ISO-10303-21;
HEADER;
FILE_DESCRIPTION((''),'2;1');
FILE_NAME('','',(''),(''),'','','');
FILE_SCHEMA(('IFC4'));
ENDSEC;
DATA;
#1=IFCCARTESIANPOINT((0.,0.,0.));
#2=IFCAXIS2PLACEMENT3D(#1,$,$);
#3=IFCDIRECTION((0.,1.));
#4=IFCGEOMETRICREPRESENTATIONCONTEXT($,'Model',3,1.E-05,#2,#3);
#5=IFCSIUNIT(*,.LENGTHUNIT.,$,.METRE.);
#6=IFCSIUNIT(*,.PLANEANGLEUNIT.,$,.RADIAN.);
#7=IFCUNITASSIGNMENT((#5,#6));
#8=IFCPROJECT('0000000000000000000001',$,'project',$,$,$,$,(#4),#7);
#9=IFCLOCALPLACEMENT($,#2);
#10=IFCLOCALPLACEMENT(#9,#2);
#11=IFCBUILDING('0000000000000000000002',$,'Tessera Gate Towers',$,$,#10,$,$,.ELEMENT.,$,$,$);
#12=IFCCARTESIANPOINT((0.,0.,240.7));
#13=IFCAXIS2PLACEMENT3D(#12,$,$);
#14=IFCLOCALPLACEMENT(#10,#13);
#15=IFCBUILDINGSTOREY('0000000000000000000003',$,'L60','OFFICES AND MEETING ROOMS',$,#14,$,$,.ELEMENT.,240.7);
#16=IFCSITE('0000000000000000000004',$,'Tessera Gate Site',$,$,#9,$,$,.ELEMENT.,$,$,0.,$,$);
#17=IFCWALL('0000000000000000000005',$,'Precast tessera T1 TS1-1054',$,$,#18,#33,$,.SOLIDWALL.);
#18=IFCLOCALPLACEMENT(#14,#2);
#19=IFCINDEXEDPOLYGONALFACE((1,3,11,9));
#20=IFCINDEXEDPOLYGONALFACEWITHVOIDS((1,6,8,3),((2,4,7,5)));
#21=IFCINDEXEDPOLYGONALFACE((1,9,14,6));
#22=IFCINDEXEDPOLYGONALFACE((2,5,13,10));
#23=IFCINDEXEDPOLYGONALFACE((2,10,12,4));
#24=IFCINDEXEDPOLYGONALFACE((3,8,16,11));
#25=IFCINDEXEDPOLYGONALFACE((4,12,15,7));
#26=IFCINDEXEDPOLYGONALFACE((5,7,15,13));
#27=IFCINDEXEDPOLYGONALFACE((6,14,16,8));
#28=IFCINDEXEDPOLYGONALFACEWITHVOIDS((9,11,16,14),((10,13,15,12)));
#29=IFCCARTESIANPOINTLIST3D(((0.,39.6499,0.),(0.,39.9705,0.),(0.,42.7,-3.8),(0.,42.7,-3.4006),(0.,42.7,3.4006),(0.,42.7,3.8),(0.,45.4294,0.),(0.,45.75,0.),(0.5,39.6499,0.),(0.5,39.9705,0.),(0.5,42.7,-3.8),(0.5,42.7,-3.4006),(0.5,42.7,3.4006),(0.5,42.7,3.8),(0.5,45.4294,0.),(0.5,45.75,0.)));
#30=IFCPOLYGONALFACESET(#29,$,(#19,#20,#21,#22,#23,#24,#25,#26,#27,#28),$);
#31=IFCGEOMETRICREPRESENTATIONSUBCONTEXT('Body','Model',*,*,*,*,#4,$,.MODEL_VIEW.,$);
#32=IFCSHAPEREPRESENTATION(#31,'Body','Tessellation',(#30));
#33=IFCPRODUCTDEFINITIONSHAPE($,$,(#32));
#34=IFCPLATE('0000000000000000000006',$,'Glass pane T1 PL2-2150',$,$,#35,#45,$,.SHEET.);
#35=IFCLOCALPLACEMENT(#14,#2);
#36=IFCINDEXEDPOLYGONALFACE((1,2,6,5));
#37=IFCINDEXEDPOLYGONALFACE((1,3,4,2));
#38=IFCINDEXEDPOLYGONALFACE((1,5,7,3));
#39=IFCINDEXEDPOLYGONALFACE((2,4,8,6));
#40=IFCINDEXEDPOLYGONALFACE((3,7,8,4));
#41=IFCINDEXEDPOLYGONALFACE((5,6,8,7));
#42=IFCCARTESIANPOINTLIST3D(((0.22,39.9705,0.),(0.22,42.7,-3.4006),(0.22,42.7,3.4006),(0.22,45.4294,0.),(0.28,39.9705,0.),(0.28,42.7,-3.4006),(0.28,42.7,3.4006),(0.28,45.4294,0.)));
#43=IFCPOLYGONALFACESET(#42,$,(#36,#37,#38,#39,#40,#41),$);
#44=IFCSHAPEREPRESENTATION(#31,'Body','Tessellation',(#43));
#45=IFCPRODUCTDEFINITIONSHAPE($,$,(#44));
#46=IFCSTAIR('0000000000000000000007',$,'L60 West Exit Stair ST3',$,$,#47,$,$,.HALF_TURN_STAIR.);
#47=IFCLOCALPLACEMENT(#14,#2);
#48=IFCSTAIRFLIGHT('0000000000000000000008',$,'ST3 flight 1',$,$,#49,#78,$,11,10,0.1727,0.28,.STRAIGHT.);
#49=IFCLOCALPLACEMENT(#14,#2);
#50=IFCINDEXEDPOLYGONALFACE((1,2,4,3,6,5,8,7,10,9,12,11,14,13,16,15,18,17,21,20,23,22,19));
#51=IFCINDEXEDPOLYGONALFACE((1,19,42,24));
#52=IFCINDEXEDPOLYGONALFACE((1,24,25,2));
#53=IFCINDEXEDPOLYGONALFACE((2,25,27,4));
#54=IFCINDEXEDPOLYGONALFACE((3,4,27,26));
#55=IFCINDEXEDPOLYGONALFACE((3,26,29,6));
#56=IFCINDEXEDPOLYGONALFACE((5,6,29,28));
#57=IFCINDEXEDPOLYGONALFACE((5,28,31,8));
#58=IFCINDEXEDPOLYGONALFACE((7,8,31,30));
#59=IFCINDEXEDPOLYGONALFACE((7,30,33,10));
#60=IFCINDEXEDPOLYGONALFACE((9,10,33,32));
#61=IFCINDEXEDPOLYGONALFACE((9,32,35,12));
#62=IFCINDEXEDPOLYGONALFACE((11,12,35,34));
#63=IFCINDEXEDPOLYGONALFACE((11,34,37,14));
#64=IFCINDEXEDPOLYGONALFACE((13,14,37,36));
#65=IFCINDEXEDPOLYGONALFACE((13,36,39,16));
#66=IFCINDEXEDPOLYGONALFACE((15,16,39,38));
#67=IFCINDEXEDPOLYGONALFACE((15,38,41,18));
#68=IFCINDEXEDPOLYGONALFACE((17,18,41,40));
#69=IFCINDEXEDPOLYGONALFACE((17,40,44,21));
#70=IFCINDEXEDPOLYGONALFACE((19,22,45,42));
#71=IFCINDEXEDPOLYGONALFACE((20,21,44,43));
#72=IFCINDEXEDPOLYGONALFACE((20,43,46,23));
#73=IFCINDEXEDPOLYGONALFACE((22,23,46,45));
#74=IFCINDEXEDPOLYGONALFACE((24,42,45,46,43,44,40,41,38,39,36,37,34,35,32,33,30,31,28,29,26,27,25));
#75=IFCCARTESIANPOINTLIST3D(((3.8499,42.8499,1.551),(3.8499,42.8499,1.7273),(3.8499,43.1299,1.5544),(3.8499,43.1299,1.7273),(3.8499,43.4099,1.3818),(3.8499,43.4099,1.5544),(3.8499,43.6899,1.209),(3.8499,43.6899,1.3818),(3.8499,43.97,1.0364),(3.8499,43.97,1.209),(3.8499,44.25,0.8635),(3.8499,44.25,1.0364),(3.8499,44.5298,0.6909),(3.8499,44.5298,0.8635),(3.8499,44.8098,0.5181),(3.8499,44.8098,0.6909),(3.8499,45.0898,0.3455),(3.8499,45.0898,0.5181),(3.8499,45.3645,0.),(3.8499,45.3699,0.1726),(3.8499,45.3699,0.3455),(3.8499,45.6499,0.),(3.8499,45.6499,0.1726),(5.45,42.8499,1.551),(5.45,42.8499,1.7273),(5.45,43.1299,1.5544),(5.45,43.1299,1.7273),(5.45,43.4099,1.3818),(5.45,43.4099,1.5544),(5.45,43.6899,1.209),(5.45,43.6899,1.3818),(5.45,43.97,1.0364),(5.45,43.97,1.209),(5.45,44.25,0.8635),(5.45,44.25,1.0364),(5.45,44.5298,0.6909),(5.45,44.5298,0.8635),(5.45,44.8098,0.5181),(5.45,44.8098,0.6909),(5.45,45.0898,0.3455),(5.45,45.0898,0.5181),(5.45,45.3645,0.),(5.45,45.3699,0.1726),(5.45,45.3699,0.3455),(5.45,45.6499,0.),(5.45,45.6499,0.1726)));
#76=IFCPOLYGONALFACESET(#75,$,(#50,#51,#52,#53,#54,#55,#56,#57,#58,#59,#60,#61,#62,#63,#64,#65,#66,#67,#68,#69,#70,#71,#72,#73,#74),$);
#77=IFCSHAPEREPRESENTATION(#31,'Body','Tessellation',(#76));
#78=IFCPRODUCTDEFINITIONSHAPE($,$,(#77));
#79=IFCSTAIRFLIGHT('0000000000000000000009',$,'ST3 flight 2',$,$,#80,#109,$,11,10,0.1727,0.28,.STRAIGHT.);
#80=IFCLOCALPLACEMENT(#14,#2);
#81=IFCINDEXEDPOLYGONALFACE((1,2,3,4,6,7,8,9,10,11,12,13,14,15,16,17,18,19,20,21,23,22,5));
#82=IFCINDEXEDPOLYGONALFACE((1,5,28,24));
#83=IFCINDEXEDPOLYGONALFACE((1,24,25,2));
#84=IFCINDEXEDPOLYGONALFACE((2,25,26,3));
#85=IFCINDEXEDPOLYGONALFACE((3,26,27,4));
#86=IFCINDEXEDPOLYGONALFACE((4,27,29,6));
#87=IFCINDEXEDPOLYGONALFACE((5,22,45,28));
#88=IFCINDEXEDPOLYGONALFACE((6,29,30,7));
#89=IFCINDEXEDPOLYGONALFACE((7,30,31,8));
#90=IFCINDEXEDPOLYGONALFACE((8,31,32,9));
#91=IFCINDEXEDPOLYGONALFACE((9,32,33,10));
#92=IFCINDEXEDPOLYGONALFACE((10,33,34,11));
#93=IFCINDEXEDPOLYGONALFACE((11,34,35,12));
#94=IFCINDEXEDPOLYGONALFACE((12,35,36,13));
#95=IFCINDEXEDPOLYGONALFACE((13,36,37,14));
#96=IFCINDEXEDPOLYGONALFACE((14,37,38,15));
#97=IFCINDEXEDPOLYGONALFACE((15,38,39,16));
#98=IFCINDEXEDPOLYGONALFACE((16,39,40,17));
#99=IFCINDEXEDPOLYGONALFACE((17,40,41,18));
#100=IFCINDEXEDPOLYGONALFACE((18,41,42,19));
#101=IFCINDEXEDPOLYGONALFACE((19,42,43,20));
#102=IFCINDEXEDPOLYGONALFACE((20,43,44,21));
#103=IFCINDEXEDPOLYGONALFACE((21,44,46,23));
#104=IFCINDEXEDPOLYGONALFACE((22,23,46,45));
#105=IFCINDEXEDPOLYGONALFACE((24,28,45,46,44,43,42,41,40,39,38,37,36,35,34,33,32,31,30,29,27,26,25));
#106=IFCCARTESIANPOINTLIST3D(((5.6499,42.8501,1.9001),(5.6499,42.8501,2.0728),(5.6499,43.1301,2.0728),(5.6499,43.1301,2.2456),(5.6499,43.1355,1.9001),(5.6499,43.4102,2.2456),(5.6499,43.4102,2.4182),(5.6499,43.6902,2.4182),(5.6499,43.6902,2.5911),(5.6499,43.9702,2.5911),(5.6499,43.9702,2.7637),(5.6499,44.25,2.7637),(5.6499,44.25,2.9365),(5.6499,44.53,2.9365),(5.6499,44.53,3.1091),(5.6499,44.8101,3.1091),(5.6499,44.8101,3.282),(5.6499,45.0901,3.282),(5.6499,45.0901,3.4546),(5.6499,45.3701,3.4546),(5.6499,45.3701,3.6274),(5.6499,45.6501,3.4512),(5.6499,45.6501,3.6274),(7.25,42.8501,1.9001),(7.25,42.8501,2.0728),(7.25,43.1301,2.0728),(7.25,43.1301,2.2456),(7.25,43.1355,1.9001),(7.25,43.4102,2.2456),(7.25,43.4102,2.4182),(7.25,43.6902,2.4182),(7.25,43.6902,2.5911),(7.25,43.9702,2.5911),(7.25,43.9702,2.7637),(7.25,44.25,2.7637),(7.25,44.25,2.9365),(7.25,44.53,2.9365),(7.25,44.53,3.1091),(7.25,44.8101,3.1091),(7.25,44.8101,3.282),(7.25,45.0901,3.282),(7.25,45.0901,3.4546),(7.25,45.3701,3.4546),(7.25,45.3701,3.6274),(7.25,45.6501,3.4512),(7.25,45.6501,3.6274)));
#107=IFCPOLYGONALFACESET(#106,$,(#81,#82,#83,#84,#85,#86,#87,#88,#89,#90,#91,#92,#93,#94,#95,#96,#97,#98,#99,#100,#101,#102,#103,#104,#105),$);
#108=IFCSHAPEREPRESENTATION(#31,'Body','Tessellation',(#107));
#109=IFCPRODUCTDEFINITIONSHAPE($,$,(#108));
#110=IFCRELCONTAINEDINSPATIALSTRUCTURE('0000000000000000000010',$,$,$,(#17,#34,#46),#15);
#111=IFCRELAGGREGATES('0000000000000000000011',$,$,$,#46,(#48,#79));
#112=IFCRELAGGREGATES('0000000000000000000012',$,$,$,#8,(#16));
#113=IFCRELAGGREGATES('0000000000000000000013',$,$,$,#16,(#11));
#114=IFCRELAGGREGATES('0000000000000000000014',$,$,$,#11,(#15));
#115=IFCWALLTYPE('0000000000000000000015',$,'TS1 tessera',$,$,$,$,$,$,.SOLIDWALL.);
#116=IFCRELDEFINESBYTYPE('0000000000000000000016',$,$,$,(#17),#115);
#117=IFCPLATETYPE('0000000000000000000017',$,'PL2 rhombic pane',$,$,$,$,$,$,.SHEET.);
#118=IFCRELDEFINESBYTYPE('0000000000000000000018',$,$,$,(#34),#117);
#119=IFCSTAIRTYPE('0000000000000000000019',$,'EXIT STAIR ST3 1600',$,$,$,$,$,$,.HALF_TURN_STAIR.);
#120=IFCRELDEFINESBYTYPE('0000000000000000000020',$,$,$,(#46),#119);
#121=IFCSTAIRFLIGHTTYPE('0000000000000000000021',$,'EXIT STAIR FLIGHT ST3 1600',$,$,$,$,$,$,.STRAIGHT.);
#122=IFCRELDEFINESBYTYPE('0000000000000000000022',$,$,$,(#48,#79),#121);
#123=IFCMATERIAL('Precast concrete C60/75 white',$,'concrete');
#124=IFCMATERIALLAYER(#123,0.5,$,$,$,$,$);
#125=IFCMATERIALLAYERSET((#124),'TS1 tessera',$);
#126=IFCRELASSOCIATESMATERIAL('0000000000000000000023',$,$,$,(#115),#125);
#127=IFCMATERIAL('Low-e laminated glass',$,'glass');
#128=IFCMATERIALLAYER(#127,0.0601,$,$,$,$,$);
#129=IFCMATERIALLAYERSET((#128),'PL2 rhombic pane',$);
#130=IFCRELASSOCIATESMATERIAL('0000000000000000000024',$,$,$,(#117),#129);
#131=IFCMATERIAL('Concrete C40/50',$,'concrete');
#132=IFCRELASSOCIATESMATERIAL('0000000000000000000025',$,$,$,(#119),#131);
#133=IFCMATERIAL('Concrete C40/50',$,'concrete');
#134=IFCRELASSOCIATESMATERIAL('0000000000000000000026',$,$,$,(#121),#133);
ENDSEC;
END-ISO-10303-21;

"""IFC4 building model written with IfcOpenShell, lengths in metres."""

from ifc_helpers import new_model, si_unit, direction, frame, origin, place, context, subcontext, project, spatial, polyline, outline, extrude, source, transform, mapped, material, layer, layer_set, type_object, element, fill, aggregate, save


model = new_model("IFC4")

# Units and contexts
model_context = context("Model", 3, precision=1e-05, world=origin(), true_north=direction((0.0, 1.0)))
body_context = subcontext(model_context, "Body", "Model", "MODEL_VIEW")
ifc_project = project(units=[si_unit("LENGTHUNIT", "METRE"), si_unit("PLANEANGLEUNIT", "RADIAN")], contexts=[model_context])

# Site, building, storey
site_placement = place(None, origin())
site = spatial("IfcSite", under=ifc_project, at=site_placement, Name="Tessera Gate Site", CompositionType="ELEMENT", RefElevation=0.0)
building_placement = place(site_placement, origin())
building = spatial("IfcBuilding", under=site, at=building_placement, Name="Tessera Gate Towers", CompositionType="ELEMENT")
storey_placement = place(building_placement, frame((0.0, 0.0, 240.7)))
storey = spatial("IfcBuildingStorey", under=building, at=storey_placement, Name="L60", Description="OFFICES AND MEETING ROOMS", CompositionType="ELEMENT", Elevation=240.7)

# Wall, opening, plate
ifc_material_1 = material(Name="Precast concrete C60/75 white", Category="concrete")
ifc_layer_1 = layer(ifc_material_1, 0.5)
ifc_layer_set_1 = layer_set([ifc_layer_1], Name="TS1 tessera")
wall_type_1 = type_object("IfcWallType", Name="TS1 tessera", PredefinedType="SOLIDWALL", material=ifc_layer_set_1)
shared_shape_1 = source(origin(), body_context, "Body", "SweptSolid", [
    extrude(outline(polyline([(3.05, 0.0), (6.1001, 3.8), (3.05, 7.6001), (0.0, 3.8), (3.05, 0.0)])), frame((0.0, 0.25, 0.0), z_axis=(0.0, -1.0, 0.0), x_axis=(1.0, 0.0, 0.0)), (0.0, 0.0, 1.0), 0.5),
])
wall_1_placement = place(storey_placement, frame((0.25, 45.75, -3.8), z_axis=(0.0, 0.0, 1.0), x_axis=(0.0, -1.0, 0.0)))
wall_1 = element("IfcWall", 1, at=wall_1_placement, inside=storey, type_object=wall_type_1, Name="Precast tessera T1 TS1-1054", PredefinedType="SOLIDWALL", context=body_context, shape_type="MappedRepresentation", body=[
    mapped(shared_shape_1, transform((0.0, 0.0, 0.0), scale=1.0)),
])
shared_shape_2 = source(origin(), body_context, "Body", "SweptSolid", [
    extrude(outline(polyline([(3.05, 0.3994), (5.7795, 3.8), (3.05, 7.2007), (0.3206, 3.8), (3.05, 0.3994)])), frame((0.0, 0.26, 0.0), z_axis=(0.0, -1.0, 0.0), x_axis=(1.0, 0.0, 0.0)), (0.0, 0.0, 1.0), 0.52),
])
opening_1_placement = place(wall_1_placement, origin())
opening_1 = element("IfcOpeningElement", 2, at=opening_1_placement, cuts=wall_1, PredefinedType="OPENING", context=body_context, shape_type="MappedRepresentation", body=[
    mapped(shared_shape_2, transform((0.0, 0.0, 0.0), scale=1.0)),
])
ifc_material_2 = material(Name="Low-e laminated glass", Category="glass")
ifc_layer_2 = layer(ifc_material_2, 0.0601)
ifc_layer_set_2 = layer_set([ifc_layer_2], Name="PL2 rhombic pane")
plate_type = type_object("IfcPlateType", Name="PL2 rhombic pane", PredefinedType="SHEET", material=ifc_layer_set_2)
shared_shape_3 = source(origin(), body_context, "Body", "SweptSolid", [
    extrude(outline(polyline([(3.05, 0.3994), (5.7795, 3.8), (3.05, 7.2007), (0.3206, 3.8), (3.05, 0.3994)])), frame((0.0, 0.03, 0.0), z_axis=(0.0, -1.0, 0.0), x_axis=(1.0, 0.0, 0.0)), (0.0, 0.0, 1.0), 0.0601),
])
plate_placement = place(opening_1_placement, origin())
plate = element("IfcPlate", 3, at=plate_placement, inside=storey, type_object=plate_type, Name="Glass pane T1 PL2-2150", PredefinedType="SHEET", context=body_context, shape_type="MappedRepresentation", body=[
    mapped(shared_shape_3, transform((0.0, 0.0, 0.0), scale=1.0)),
])
fill(opening_1, plate)

# Stair, stair flights
ifc_material_3 = material(Name="Concrete C40/50", Category="concrete")
stair_type = type_object("IfcStairType", Name="EXIT STAIR ST3 1600", PredefinedType="HALF_TURN_STAIR", material=ifc_material_3)
stair_placement = place(storey_placement, origin())
stair = element("IfcStair", 4, at=stair_placement, inside=storey, type_object=stair_type, Name="L60 West Exit Stair ST3", PredefinedType="HALF_TURN_STAIR")
ifc_material_4 = material(Name="Concrete C40/50", Category="concrete")
stair_flight_type = type_object("IfcStairFlightType", Name="EXIT STAIR FLIGHT ST3 1600", PredefinedType="STRAIGHT", material=ifc_material_4)
stair_flight_1_placement = place(storey_placement, frame((4.6499, 45.6499, 0.0), z_axis=(0.0, 0.0, 1.0), x_axis=(0.0, -1.0, 0.0)))
stair_flight_1 = element("IfcStairFlight", 5, at=stair_flight_1_placement, type_object=stair_flight_type, Name="ST3 flight 1", NumberOfRisers=11, NumberOfTreads=10, PredefinedType="STRAIGHT", RiserHeight=0.1727, TreadLength=0.28, context=body_context, shape_type="SweptSolid", body=[
    extrude(outline(polyline([(0.0, 0.0), (0.0, 0.1726), (0.28, 0.1726), (0.28, 0.3455), (0.5601, 0.3455), (0.5601, 0.5181), (0.8401, 0.5181), (0.8401, 0.6909), (1.1201, 0.6909), (1.1201, 0.8635), (1.3999, 0.8635), (1.3999, 1.0364), (1.6799, 1.0364), (1.6799, 1.209), (1.96, 1.209), (1.96, 1.3818), (2.24, 1.3818), (2.24, 1.5544), (2.52, 1.5544), (2.52, 1.7273), (2.8, 1.7273), (2.8, 1.8999), (2.8, 1.551), (0.2854, 0.0), (0.0, 0.0)])), frame((0.0, 0.8, 0.0), z_axis=(0.0, -1.0, 0.0), x_axis=(1.0, 0.0, 0.0)), (0.0, 0.0, 1.0), 1.6001),
])
stair_flight_2_placement = place(storey_placement, frame((6.45, 42.8501, 1.9001), z_axis=(0.0, 0.0, 1.0), x_axis=(0.0, 1.0, 0.0)))
stair_flight_2 = element("IfcStairFlight", 6, at=stair_flight_2_placement, type_object=stair_flight_type, Name="ST3 flight 2", NumberOfRisers=11, NumberOfTreads=10, PredefinedType="STRAIGHT", RiserHeight=0.1727, TreadLength=0.28, context=body_context, shape_type="SweptSolid", body=[
    extrude(outline(polyline([(0.0, 0.0), (0.0, 0.1726), (0.28, 0.1726), (0.28, 0.3455), (0.5601, 0.3455), (0.5601, 0.5181), (0.8401, 0.5181), (0.8401, 0.6909), (1.1201, 0.6909), (1.1201, 0.8635), (1.3999, 0.8635), (1.3999, 1.0364), (1.6799, 1.0364), (1.6799, 1.209), (1.96, 1.209), (1.96, 1.3818), (2.24, 1.3818), (2.24, 1.5544), (2.52, 1.5544), (2.52, 1.7273), (2.8, 1.7273), (2.8, 1.8999), (2.8, 1.551), (0.2854, 0.0), (0.0, 0.0)])), frame((0.0, 0.8, 0.0), z_axis=(0.0, -1.0, 0.0), x_axis=(1.0, 0.0, 0.0)), (0.0, 0.0, 1.0), 1.6001),
])
aggregate(stair, [stair_flight_1, stair_flight_2])

save(model, "model.ifc")
